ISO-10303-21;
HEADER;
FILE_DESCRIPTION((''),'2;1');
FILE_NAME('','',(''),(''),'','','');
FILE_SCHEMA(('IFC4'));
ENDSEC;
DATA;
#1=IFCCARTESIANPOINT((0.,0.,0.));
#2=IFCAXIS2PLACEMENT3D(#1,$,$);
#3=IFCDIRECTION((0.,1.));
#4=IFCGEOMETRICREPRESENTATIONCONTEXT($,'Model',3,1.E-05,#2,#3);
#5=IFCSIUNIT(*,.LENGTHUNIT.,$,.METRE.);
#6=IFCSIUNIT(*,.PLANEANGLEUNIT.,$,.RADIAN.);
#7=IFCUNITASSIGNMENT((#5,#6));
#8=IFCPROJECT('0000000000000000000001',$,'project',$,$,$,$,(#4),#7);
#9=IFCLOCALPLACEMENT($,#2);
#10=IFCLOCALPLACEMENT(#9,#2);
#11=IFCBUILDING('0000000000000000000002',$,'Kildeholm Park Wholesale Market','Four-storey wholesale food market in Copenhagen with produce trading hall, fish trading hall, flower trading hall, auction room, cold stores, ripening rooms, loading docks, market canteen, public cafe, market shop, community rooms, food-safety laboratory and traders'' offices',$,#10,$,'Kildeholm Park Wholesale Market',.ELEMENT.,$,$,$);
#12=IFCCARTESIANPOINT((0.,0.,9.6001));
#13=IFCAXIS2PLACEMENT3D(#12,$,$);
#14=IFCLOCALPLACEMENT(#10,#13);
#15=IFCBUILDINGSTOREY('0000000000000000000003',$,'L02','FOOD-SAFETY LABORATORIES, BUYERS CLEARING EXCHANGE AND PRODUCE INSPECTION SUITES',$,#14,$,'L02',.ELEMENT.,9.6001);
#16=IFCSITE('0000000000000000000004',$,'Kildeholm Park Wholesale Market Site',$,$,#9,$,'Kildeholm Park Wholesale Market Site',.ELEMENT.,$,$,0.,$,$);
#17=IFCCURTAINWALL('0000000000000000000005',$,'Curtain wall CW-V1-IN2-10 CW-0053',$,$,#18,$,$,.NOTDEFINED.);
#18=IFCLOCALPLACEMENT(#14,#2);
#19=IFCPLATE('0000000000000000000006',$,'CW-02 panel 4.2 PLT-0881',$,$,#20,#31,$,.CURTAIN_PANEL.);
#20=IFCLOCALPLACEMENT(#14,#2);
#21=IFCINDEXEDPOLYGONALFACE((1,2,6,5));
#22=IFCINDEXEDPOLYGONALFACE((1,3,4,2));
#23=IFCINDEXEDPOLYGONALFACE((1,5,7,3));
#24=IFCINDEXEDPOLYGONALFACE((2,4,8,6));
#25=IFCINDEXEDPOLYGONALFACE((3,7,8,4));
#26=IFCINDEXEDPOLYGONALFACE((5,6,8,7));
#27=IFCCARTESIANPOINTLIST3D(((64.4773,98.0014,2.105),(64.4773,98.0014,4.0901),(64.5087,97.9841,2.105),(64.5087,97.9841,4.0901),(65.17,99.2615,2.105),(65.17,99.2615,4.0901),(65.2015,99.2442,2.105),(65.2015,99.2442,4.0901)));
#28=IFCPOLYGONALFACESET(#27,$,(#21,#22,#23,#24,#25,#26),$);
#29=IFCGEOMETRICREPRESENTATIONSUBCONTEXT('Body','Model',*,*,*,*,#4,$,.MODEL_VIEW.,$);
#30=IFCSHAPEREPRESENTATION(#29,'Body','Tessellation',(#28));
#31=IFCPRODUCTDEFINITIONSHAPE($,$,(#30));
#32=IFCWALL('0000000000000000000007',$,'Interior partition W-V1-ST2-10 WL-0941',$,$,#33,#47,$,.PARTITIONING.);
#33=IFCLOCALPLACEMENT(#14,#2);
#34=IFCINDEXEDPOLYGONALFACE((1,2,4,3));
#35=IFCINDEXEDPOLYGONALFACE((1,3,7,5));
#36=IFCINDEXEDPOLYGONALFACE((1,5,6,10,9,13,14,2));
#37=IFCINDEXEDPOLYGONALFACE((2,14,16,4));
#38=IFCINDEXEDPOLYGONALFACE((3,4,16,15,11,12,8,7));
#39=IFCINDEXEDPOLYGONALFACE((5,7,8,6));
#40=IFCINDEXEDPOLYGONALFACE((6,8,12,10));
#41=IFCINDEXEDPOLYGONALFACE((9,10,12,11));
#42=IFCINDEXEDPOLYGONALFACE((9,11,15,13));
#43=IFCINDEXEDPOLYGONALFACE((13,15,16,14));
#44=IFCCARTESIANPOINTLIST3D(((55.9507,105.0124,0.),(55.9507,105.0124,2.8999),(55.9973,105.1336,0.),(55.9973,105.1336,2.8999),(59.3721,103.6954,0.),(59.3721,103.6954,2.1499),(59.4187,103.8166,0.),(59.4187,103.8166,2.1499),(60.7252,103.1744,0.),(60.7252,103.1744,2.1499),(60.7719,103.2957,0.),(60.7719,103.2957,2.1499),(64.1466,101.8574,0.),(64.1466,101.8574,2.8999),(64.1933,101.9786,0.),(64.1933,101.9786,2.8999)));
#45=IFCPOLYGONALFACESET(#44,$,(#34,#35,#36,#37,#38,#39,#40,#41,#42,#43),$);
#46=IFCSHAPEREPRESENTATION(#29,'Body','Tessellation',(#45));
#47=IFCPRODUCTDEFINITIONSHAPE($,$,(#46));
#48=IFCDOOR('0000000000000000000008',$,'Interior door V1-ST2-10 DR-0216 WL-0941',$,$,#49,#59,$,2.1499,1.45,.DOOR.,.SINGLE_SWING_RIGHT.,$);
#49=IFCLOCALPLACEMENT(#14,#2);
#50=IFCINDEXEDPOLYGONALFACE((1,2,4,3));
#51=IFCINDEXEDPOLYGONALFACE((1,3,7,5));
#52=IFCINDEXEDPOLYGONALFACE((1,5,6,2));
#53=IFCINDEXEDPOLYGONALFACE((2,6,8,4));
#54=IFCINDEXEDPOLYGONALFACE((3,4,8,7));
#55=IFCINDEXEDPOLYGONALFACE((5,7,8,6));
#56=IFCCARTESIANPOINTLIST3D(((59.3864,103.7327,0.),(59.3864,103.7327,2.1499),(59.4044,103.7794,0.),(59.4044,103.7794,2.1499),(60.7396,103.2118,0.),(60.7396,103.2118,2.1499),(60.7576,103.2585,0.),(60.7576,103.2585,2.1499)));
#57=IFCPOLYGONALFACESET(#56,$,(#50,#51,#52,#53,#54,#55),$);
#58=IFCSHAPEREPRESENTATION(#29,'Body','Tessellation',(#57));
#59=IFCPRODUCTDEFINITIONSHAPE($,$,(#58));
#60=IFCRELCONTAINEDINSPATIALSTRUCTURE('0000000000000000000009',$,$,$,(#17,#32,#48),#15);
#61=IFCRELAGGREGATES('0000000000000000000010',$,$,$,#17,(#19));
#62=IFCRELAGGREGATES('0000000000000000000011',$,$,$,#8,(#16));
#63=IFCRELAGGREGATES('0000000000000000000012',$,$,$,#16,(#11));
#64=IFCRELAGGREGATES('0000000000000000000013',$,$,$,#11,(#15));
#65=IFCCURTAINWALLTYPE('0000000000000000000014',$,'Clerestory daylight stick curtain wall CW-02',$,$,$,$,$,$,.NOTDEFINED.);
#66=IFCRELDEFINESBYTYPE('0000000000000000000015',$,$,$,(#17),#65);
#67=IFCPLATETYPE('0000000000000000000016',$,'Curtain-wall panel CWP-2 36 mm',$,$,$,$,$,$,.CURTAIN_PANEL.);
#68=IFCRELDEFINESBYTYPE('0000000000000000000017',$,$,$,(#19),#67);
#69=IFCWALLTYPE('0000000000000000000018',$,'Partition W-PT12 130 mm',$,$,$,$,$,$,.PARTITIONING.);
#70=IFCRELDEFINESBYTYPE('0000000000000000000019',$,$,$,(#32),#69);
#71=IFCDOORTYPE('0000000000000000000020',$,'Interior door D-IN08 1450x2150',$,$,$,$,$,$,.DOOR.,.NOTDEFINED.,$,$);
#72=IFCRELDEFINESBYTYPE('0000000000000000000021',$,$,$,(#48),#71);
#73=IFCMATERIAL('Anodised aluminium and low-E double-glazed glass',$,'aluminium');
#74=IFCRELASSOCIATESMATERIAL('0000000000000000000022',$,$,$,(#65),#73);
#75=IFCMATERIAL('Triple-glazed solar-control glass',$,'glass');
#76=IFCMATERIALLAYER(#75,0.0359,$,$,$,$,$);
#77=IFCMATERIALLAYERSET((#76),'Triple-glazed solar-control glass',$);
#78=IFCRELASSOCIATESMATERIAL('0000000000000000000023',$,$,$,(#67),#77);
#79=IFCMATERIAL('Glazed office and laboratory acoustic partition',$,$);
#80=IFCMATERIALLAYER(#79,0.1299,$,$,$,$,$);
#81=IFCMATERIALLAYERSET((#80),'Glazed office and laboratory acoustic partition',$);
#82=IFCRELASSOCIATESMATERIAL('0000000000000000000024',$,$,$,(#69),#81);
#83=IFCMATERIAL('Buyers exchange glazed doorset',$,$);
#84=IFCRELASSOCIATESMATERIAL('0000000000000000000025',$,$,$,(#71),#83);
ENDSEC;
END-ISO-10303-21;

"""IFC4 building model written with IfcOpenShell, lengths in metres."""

from ifc_helpers import new_model, si_unit, direction, frame, frame_2d, origin, origin_2d, place, context, subcontext, project, spatial, rectangle, extrude, material, layer, layer_set, type_object, element, fill, aggregate, save


model = new_model("IFC4")

# Units and contexts
model_context = context("Model", 3, precision=1e-05, world=origin(), true_north=direction((0.0, 1.0)))
body_context = subcontext(model_context, "Body", "Model", "MODEL_VIEW")
ifc_project = project(units=[si_unit("LENGTHUNIT", "METRE"), si_unit("PLANEANGLEUNIT", "RADIAN")], contexts=[model_context])

# Site, building, storey
site_placement = place(None, origin())
site = spatial("IfcSite", under=ifc_project, at=site_placement, Name="Kildeholm Park Wholesale Market Site", LongName="Kildeholm Park Wholesale Market Site", CompositionType="ELEMENT", RefElevation=0.0)
building_placement = place(site_placement, origin())
building = spatial("IfcBuilding", under=site, at=building_placement, Name="Kildeholm Park Wholesale Market", Description="Four-storey wholesale food market in Copenhagen with produce trading hall, fish trading hall, flower trading hall, auction room, cold stores, ripening rooms, loading docks, market canteen, public cafe, market shop, community rooms, food-safety laboratory and traders' offices", LongName="Kildeholm Park Wholesale Market", CompositionType="ELEMENT")
storey_placement = place(building_placement, frame((0.0, 0.0, 9.6001)))
storey = spatial("IfcBuildingStorey", under=building, at=storey_placement, Name="L02", Description="FOOD-SAFETY LABORATORIES, BUYERS CLEARING EXCHANGE AND PRODUCE INSPECTION SUITES", LongName="L02", CompositionType="ELEMENT", Elevation=9.6001)

# Curtain wall, plate
ifc_material_1 = material(Name="Anodised aluminium and low-E double-glazed glass", Category="aluminium")
curtain_wall_type = type_object("IfcCurtainWallType", Name="Clerestory daylight stick curtain wall CW-02", PredefinedType="NOTDEFINED", material=ifc_material_1)
curtain_wall_placement = place(storey_placement, origin())
curtain_wall = element("IfcCurtainWall", 1, at=curtain_wall_placement, inside=storey, type_object=curtain_wall_type, Name="Curtain wall CW-V1-IN2-10 CW-0053", PredefinedType="NOTDEFINED")
ifc_material_2 = material(Name="Triple-glazed solar-control glass", Category="glass")
ifc_layer_1 = layer(ifc_material_2, 0.0359)
ifc_layer_set_1 = layer_set([ifc_layer_1], Name="Triple-glazed solar-control glass")
plate_type = type_object("IfcPlateType", Name="Curtain-wall panel CWP-2 36 mm", PredefinedType="CURTAIN_PANEL", material=ifc_layer_set_1)
plate_1_placement = place(storey_placement, frame((64.8394, 98.6228, 2.105), z_axis=(0.0, 0.0, 1.0), x_axis=(-0.48175, -0.876309, 0.0)))
plate_1 = element("IfcPlate", 2, at=plate_1_placement, type_object=plate_type, Name="CW-02 panel 4.2 PLT-0881", PredefinedType="CURTAIN_PANEL", context=body_context, shape_type="SweptSolid", body=[
    extrude(rectangle(XDim=1.438, YDim=0.0359, at=origin_2d()), origin(), (0.0, 0.0, 1.0), 1.9851),
])
aggregate(curtain_wall, [plate_1])

# Wall, opening, door
ifc_material_3 = material(Name="Glazed office and laboratory acoustic partition")
ifc_layer_2 = layer(ifc_material_3, 0.1299)
ifc_layer_set_2 = layer_set([ifc_layer_2], Name="Glazed office and laboratory acoustic partition")
wall_type = type_object("IfcWallType", Name="Partition W-PT12 130 mm", PredefinedType="PARTITIONING", material=ifc_layer_set_2)
wall_placement = place(storey_placement, frame((64.1699, 101.918, 0.0), z_axis=(0.0, 0.0, 1.0), x_axis=(-0.933239, 0.359257, 0.0)))
wall = element("IfcWall", 3, at=wall_placement, inside=storey, type_object=wall_type, Name="Interior partition W-V1-ST2-10 WL-0941", PredefinedType="PARTITIONING", context=body_context, shape_type="SweptSolid", body=[
    extrude(rectangle(XDim=8.7822, YDim=0.1299, at=frame_2d((4.3911, 0.0))), origin(), (0.0, 0.0, 1.0), 2.8999),
])
opening_placement = place(wall_placement, frame((3.666, 0.0, 0.0)))
opening = element("IfcOpeningElement", 4, at=opening_placement, cuts=wall, PredefinedType="OPENING", context=body_context, shape_type="SweptSolid", body=[
    extrude(rectangle(XDim=1.45, YDim=2.1499, at=frame_2d((0.7251, 1.075))), frame((0.0, 0.075, 0.0), z_axis=(0.0, -1.0, 0.0), x_axis=(1.0, 0.0, 0.0)), (0.0, 0.0, 1.0), 0.1499),
])
ifc_material_4 = material(Name="Buyers exchange glazed doorset")
door_type = type_object("IfcDoorType", Name="Interior door D-IN08 1450x2150", OperationType="NOTDEFINED", PredefinedType="DOOR", material=ifc_material_4)
door_placement = place(opening_placement, origin())
door = element("IfcDoor", 5, at=door_placement, inside=storey, type_object=door_type, Name="Interior door V1-ST2-10 DR-0216 WL-0941", OperationType="SINGLE_SWING_RIGHT", OverallHeight=2.1499, OverallWidth=1.45, PredefinedType="DOOR", context=body_context, shape_type="SweptSolid", body=[
    extrude(rectangle(XDim=1.45, YDim=2.1499, at=frame_2d((0.7251, 1.075))), frame((0.0, 0.0249, 0.0), z_axis=(0.0, -1.0, 0.0), x_axis=(1.0, 0.0, 0.0)), (0.0, 0.0, 1.0), 0.05),
])
fill(opening, door)

save(model, "model.ifc")
